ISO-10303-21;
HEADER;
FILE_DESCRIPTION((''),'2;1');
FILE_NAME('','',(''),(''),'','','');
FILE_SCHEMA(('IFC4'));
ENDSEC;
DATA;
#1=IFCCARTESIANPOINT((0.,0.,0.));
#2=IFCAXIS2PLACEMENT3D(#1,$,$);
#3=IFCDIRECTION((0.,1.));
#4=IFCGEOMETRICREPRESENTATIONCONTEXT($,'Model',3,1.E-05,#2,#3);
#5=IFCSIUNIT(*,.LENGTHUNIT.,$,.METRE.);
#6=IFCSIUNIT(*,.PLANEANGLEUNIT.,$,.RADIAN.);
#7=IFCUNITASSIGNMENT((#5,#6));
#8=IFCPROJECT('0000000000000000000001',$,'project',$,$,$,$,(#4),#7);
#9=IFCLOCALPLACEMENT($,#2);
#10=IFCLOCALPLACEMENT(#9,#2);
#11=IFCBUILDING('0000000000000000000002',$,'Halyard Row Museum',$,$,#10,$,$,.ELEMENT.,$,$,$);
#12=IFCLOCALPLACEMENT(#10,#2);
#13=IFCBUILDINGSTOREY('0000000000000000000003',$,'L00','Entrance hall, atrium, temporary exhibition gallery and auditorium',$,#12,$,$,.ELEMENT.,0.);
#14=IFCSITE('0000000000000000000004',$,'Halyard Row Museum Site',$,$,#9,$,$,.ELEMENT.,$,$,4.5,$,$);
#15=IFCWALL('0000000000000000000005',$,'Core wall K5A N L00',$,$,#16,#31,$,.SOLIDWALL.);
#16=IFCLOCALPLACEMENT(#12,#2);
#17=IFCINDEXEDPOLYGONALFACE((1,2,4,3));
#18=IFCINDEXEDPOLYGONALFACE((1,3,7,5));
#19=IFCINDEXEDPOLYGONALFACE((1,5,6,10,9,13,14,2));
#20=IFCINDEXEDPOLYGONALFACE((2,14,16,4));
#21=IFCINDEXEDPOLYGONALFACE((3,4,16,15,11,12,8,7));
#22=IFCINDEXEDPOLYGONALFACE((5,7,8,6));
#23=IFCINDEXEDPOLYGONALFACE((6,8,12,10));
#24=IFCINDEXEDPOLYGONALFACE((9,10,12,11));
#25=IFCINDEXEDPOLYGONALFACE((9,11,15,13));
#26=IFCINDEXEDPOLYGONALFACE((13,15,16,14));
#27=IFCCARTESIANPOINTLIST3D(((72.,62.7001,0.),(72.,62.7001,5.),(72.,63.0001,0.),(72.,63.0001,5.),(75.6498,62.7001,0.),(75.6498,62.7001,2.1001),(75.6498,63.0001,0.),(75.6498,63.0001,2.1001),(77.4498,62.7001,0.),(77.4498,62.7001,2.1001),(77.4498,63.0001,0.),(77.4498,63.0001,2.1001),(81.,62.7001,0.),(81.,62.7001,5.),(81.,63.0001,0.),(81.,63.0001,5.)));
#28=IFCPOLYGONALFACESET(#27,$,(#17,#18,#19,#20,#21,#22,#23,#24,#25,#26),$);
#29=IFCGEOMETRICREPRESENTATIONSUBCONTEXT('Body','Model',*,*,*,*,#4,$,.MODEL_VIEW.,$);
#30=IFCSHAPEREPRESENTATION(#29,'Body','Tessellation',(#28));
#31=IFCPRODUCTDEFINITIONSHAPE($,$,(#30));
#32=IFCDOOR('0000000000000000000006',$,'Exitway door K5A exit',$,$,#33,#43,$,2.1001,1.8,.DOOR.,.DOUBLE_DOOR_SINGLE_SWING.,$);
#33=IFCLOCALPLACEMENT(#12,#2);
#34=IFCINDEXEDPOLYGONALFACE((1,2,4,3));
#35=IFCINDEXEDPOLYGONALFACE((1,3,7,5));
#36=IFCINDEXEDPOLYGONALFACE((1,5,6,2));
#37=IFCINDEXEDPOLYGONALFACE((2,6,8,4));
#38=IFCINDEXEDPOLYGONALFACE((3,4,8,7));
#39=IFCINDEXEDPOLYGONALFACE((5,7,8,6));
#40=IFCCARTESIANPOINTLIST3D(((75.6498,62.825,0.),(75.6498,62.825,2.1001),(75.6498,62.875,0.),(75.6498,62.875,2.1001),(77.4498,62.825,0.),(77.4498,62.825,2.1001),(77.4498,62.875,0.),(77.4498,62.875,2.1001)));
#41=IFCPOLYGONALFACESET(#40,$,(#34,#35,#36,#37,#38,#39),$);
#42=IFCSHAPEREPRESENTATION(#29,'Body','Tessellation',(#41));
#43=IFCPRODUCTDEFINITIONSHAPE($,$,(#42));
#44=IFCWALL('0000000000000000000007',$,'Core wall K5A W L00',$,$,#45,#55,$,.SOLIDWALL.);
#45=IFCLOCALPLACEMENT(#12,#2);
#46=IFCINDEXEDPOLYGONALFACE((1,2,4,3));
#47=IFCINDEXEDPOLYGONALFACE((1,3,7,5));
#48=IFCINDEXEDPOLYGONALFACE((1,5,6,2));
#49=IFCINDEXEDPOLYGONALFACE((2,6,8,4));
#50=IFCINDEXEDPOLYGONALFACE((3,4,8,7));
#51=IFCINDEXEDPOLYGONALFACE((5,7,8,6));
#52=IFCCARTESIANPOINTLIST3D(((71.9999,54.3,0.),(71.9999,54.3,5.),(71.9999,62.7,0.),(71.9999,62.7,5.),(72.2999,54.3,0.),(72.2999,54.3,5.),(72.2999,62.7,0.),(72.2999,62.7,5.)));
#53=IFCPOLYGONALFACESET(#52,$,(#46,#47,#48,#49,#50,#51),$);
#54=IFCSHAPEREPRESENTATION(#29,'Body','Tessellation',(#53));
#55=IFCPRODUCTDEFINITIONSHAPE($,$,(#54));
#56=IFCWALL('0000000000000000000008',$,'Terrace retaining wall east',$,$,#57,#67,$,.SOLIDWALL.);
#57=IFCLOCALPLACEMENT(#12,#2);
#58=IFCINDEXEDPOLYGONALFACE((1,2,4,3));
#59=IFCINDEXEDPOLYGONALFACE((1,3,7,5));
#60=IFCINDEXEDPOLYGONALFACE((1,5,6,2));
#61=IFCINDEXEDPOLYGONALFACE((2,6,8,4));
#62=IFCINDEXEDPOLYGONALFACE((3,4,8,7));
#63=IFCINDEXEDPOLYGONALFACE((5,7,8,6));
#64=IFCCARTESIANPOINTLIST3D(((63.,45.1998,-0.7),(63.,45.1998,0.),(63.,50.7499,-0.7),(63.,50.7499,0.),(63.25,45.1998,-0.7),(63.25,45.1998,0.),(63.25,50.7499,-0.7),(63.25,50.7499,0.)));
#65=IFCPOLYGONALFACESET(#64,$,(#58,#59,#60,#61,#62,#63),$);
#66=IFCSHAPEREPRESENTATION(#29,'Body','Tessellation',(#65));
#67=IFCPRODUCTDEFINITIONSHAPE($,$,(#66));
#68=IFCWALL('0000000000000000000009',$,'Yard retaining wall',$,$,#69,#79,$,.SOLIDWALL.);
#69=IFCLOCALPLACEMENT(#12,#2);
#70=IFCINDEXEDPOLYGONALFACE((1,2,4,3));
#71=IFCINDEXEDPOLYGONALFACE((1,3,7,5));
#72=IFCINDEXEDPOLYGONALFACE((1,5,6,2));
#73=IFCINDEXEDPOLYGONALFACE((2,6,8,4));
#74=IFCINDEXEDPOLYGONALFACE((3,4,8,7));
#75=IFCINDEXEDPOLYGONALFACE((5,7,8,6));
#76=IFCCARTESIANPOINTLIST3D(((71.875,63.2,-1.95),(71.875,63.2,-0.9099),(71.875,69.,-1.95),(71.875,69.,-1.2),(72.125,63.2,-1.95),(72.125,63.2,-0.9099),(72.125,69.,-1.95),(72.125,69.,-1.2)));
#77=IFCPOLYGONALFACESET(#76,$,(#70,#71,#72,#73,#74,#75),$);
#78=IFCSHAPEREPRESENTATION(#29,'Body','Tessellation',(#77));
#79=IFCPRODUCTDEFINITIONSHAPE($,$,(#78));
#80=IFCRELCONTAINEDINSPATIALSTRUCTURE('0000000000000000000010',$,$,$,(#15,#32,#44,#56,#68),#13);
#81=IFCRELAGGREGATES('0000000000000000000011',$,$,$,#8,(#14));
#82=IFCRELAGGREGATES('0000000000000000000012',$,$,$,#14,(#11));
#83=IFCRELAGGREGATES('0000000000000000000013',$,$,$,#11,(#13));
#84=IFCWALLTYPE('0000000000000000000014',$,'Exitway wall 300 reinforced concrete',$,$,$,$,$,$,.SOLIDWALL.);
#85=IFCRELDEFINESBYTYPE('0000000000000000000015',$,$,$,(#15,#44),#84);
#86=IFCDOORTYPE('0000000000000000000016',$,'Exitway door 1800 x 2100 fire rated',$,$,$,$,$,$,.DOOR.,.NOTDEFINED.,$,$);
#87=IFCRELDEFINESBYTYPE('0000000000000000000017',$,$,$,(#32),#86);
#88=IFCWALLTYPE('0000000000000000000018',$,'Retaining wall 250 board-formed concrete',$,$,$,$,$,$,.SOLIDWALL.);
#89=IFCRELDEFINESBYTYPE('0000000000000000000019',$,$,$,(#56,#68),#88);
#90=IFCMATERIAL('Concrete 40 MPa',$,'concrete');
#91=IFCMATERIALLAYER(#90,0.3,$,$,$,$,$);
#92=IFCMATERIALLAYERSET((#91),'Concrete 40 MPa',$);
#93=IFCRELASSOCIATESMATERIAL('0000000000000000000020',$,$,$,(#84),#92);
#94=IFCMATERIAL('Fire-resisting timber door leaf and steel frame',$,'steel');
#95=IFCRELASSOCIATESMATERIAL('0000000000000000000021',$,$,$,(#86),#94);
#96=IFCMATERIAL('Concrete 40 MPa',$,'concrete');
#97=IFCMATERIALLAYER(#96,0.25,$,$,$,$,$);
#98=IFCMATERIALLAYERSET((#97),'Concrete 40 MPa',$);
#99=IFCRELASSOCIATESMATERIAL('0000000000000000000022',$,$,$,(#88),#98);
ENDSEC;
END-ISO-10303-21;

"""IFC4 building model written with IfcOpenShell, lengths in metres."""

from ifc_helpers import new_model, si_unit, direction, frame, frame_2d, origin, place, context, subcontext, project, spatial, polyline, rectangle, outline, extrude, material, layer, layer_set, type_object, element, fill, save


model = new_model("IFC4")

# Units and contexts
model_context = context("Model", 3, precision=1e-05, world=origin(), true_north=direction((0.0, 1.0)))
body_context = subcontext(model_context, "Body", "Model", "MODEL_VIEW")
ifc_project = project(units=[si_unit("LENGTHUNIT", "METRE"), si_unit("PLANEANGLEUNIT", "RADIAN")], contexts=[model_context])

# Site, building, storey
site_placement = place(None, origin())
site = spatial("IfcSite", under=ifc_project, at=site_placement, Name="Halyard Row Museum Site", CompositionType="ELEMENT", RefElevation=4.5)
building_placement = place(site_placement, origin())
building = spatial("IfcBuilding", under=site, at=building_placement, Name="Halyard Row Museum", CompositionType="ELEMENT")
storey_placement = place(building_placement, origin())
storey = spatial("IfcBuildingStorey", under=building, at=storey_placement, Name="L00", Description="Entrance hall, atrium, temporary exhibition gallery and auditorium", CompositionType="ELEMENT", Elevation=0.0)

# Shared definitions
ifc_material_1 = material(Name="Concrete 40 MPa", Category="concrete")
ifc_layer_1 = layer(ifc_material_1, 0.3)
ifc_layer_set_1 = layer_set([ifc_layer_1], Name="Concrete 40 MPa")
wall_type_1 = type_object("IfcWallType", Name="Exitway wall 300 reinforced concrete", PredefinedType="SOLIDWALL", material=ifc_layer_set_1)
ifc_material_2 = material(Name="Fire-resisting timber door leaf and steel frame", Category="steel")
door_type = type_object("IfcDoorType", Name="Exitway door 1800 x 2100 fire rated", OperationType="NOTDEFINED", PredefinedType="DOOR", material=ifc_material_2)

# Wall, opening, door
wall_1_placement = place(storey_placement, frame((72.0, 62.8501, 0.0), z_axis=(0.0, 0.0, 1.0), x_axis=(1.0, 0.0, 0.0)))
wall_1 = element("IfcWall", 1, at=wall_1_placement, inside=storey, type_object=wall_type_1, Name="Core wall K5A N L00", PredefinedType="SOLIDWALL", context=body_context, shape_type="SweptSolid", body=[
    extrude(rectangle(XDim=9.0, YDim=0.3, at=frame_2d((4.5, 0.0))), origin(), (0.0, 0.0, 1.0), 5.0),
])
opening_1_placement = place(wall_1_placement, frame((3.6499, 0.0, 0.0)))
opening_1 = element("IfcOpeningElement", 2, at=opening_1_placement, cuts=wall_1, PredefinedType="OPENING", context=body_context, shape_type="SweptSolid", body=[
    extrude(rectangle(XDim=1.8, YDim=2.1001, at=frame_2d((0.8999, 1.05))), frame((0.0, 0.1599, 0.0), z_axis=(0.0, -1.0, 0.0), x_axis=(1.0, 0.0, 0.0)), (0.0, 0.0, 1.0), 0.3201),
])
door_1_placement = place(opening_1_placement, origin())
door_1 = element("IfcDoor", 3, at=door_1_placement, inside=storey, type_object=door_type, Name="Exitway door K5A exit", OperationType="DOUBLE_DOOR_SINGLE_SWING", OverallHeight=2.1001, OverallWidth=1.8, PredefinedType="DOOR", context=body_context, shape_type="SweptSolid", body=[
    extrude(rectangle(XDim=1.8, YDim=2.1001, at=frame_2d((0.8999, 1.05))), frame((0.0, 0.0249, 0.0), z_axis=(0.0, -1.0, 0.0), x_axis=(1.0, 0.0, 0.0)), (0.0, 0.0, 1.0), 0.05),
])
fill(opening_1, door_1)

# Walls
wall_2_placement = place(storey_placement, frame((72.1499, 54.3, 0.0), z_axis=(0.0, 0.0, 1.0), x_axis=(0.0, 1.0, 0.0)))
element("IfcWall", 4, at=wall_2_placement, inside=storey, type_object=wall_type_1, Name="Core wall K5A W L00", PredefinedType="SOLIDWALL", context=body_context, shape_type="SweptSolid", body=[
    extrude(rectangle(XDim=8.3999, YDim=0.3, at=frame_2d((4.2, 0.0))), origin(), (0.0, 0.0, 1.0), 5.0),
])
ifc_material_3 = material(Name="Concrete 40 MPa", Category="concrete")
ifc_layer_2 = layer(ifc_material_3, 0.25)
ifc_layer_set_2 = layer_set([ifc_layer_2], Name="Concrete 40 MPa")
wall_type_2 = type_object("IfcWallType", Name="Retaining wall 250 board-formed concrete", PredefinedType="SOLIDWALL", material=ifc_layer_set_2)
wall_3_placement = place(storey_placement, frame((63.125, 45.2, -0.7), z_axis=(0.0, 0.0, 1.0), x_axis=(0.0, 1.0, 0.0)))
element("IfcWall", 5, at=wall_3_placement, inside=storey, type_object=wall_type_2, Name="Terrace retaining wall east", PredefinedType="SOLIDWALL", context=body_context, shape_type="SweptSolid", body=[
    extrude(rectangle(XDim=5.55, YDim=0.25, at=frame_2d((2.7749, 0.0))), origin(), (0.0, 0.0, 1.0), 0.7),
])
wall_4_placement = place(storey_placement, frame((72.0, 63.2, -1.95), z_axis=(0.0, 0.0, 1.0), x_axis=(0.0, 1.0, 0.0)))
element("IfcWall", 6, at=wall_4_placement, inside=storey, type_object=wall_type_2, Name="Yard retaining wall", PredefinedType="SOLIDWALL", context=body_context, shape_type="SweptSolid", body=[
    extrude(outline(polyline([(0.0, 0.0), (5.8, 0.0), (5.8, 0.75), (0.0, 1.04), (0.0, 0.0)])), frame((0.0, 0.125, 0.0), z_axis=(0.0, -1.0, 0.0), x_axis=(1.0, 0.0, 0.0)), (0.0, 0.0, 1.0), 0.25),
])

save(model, "model.ifc")
